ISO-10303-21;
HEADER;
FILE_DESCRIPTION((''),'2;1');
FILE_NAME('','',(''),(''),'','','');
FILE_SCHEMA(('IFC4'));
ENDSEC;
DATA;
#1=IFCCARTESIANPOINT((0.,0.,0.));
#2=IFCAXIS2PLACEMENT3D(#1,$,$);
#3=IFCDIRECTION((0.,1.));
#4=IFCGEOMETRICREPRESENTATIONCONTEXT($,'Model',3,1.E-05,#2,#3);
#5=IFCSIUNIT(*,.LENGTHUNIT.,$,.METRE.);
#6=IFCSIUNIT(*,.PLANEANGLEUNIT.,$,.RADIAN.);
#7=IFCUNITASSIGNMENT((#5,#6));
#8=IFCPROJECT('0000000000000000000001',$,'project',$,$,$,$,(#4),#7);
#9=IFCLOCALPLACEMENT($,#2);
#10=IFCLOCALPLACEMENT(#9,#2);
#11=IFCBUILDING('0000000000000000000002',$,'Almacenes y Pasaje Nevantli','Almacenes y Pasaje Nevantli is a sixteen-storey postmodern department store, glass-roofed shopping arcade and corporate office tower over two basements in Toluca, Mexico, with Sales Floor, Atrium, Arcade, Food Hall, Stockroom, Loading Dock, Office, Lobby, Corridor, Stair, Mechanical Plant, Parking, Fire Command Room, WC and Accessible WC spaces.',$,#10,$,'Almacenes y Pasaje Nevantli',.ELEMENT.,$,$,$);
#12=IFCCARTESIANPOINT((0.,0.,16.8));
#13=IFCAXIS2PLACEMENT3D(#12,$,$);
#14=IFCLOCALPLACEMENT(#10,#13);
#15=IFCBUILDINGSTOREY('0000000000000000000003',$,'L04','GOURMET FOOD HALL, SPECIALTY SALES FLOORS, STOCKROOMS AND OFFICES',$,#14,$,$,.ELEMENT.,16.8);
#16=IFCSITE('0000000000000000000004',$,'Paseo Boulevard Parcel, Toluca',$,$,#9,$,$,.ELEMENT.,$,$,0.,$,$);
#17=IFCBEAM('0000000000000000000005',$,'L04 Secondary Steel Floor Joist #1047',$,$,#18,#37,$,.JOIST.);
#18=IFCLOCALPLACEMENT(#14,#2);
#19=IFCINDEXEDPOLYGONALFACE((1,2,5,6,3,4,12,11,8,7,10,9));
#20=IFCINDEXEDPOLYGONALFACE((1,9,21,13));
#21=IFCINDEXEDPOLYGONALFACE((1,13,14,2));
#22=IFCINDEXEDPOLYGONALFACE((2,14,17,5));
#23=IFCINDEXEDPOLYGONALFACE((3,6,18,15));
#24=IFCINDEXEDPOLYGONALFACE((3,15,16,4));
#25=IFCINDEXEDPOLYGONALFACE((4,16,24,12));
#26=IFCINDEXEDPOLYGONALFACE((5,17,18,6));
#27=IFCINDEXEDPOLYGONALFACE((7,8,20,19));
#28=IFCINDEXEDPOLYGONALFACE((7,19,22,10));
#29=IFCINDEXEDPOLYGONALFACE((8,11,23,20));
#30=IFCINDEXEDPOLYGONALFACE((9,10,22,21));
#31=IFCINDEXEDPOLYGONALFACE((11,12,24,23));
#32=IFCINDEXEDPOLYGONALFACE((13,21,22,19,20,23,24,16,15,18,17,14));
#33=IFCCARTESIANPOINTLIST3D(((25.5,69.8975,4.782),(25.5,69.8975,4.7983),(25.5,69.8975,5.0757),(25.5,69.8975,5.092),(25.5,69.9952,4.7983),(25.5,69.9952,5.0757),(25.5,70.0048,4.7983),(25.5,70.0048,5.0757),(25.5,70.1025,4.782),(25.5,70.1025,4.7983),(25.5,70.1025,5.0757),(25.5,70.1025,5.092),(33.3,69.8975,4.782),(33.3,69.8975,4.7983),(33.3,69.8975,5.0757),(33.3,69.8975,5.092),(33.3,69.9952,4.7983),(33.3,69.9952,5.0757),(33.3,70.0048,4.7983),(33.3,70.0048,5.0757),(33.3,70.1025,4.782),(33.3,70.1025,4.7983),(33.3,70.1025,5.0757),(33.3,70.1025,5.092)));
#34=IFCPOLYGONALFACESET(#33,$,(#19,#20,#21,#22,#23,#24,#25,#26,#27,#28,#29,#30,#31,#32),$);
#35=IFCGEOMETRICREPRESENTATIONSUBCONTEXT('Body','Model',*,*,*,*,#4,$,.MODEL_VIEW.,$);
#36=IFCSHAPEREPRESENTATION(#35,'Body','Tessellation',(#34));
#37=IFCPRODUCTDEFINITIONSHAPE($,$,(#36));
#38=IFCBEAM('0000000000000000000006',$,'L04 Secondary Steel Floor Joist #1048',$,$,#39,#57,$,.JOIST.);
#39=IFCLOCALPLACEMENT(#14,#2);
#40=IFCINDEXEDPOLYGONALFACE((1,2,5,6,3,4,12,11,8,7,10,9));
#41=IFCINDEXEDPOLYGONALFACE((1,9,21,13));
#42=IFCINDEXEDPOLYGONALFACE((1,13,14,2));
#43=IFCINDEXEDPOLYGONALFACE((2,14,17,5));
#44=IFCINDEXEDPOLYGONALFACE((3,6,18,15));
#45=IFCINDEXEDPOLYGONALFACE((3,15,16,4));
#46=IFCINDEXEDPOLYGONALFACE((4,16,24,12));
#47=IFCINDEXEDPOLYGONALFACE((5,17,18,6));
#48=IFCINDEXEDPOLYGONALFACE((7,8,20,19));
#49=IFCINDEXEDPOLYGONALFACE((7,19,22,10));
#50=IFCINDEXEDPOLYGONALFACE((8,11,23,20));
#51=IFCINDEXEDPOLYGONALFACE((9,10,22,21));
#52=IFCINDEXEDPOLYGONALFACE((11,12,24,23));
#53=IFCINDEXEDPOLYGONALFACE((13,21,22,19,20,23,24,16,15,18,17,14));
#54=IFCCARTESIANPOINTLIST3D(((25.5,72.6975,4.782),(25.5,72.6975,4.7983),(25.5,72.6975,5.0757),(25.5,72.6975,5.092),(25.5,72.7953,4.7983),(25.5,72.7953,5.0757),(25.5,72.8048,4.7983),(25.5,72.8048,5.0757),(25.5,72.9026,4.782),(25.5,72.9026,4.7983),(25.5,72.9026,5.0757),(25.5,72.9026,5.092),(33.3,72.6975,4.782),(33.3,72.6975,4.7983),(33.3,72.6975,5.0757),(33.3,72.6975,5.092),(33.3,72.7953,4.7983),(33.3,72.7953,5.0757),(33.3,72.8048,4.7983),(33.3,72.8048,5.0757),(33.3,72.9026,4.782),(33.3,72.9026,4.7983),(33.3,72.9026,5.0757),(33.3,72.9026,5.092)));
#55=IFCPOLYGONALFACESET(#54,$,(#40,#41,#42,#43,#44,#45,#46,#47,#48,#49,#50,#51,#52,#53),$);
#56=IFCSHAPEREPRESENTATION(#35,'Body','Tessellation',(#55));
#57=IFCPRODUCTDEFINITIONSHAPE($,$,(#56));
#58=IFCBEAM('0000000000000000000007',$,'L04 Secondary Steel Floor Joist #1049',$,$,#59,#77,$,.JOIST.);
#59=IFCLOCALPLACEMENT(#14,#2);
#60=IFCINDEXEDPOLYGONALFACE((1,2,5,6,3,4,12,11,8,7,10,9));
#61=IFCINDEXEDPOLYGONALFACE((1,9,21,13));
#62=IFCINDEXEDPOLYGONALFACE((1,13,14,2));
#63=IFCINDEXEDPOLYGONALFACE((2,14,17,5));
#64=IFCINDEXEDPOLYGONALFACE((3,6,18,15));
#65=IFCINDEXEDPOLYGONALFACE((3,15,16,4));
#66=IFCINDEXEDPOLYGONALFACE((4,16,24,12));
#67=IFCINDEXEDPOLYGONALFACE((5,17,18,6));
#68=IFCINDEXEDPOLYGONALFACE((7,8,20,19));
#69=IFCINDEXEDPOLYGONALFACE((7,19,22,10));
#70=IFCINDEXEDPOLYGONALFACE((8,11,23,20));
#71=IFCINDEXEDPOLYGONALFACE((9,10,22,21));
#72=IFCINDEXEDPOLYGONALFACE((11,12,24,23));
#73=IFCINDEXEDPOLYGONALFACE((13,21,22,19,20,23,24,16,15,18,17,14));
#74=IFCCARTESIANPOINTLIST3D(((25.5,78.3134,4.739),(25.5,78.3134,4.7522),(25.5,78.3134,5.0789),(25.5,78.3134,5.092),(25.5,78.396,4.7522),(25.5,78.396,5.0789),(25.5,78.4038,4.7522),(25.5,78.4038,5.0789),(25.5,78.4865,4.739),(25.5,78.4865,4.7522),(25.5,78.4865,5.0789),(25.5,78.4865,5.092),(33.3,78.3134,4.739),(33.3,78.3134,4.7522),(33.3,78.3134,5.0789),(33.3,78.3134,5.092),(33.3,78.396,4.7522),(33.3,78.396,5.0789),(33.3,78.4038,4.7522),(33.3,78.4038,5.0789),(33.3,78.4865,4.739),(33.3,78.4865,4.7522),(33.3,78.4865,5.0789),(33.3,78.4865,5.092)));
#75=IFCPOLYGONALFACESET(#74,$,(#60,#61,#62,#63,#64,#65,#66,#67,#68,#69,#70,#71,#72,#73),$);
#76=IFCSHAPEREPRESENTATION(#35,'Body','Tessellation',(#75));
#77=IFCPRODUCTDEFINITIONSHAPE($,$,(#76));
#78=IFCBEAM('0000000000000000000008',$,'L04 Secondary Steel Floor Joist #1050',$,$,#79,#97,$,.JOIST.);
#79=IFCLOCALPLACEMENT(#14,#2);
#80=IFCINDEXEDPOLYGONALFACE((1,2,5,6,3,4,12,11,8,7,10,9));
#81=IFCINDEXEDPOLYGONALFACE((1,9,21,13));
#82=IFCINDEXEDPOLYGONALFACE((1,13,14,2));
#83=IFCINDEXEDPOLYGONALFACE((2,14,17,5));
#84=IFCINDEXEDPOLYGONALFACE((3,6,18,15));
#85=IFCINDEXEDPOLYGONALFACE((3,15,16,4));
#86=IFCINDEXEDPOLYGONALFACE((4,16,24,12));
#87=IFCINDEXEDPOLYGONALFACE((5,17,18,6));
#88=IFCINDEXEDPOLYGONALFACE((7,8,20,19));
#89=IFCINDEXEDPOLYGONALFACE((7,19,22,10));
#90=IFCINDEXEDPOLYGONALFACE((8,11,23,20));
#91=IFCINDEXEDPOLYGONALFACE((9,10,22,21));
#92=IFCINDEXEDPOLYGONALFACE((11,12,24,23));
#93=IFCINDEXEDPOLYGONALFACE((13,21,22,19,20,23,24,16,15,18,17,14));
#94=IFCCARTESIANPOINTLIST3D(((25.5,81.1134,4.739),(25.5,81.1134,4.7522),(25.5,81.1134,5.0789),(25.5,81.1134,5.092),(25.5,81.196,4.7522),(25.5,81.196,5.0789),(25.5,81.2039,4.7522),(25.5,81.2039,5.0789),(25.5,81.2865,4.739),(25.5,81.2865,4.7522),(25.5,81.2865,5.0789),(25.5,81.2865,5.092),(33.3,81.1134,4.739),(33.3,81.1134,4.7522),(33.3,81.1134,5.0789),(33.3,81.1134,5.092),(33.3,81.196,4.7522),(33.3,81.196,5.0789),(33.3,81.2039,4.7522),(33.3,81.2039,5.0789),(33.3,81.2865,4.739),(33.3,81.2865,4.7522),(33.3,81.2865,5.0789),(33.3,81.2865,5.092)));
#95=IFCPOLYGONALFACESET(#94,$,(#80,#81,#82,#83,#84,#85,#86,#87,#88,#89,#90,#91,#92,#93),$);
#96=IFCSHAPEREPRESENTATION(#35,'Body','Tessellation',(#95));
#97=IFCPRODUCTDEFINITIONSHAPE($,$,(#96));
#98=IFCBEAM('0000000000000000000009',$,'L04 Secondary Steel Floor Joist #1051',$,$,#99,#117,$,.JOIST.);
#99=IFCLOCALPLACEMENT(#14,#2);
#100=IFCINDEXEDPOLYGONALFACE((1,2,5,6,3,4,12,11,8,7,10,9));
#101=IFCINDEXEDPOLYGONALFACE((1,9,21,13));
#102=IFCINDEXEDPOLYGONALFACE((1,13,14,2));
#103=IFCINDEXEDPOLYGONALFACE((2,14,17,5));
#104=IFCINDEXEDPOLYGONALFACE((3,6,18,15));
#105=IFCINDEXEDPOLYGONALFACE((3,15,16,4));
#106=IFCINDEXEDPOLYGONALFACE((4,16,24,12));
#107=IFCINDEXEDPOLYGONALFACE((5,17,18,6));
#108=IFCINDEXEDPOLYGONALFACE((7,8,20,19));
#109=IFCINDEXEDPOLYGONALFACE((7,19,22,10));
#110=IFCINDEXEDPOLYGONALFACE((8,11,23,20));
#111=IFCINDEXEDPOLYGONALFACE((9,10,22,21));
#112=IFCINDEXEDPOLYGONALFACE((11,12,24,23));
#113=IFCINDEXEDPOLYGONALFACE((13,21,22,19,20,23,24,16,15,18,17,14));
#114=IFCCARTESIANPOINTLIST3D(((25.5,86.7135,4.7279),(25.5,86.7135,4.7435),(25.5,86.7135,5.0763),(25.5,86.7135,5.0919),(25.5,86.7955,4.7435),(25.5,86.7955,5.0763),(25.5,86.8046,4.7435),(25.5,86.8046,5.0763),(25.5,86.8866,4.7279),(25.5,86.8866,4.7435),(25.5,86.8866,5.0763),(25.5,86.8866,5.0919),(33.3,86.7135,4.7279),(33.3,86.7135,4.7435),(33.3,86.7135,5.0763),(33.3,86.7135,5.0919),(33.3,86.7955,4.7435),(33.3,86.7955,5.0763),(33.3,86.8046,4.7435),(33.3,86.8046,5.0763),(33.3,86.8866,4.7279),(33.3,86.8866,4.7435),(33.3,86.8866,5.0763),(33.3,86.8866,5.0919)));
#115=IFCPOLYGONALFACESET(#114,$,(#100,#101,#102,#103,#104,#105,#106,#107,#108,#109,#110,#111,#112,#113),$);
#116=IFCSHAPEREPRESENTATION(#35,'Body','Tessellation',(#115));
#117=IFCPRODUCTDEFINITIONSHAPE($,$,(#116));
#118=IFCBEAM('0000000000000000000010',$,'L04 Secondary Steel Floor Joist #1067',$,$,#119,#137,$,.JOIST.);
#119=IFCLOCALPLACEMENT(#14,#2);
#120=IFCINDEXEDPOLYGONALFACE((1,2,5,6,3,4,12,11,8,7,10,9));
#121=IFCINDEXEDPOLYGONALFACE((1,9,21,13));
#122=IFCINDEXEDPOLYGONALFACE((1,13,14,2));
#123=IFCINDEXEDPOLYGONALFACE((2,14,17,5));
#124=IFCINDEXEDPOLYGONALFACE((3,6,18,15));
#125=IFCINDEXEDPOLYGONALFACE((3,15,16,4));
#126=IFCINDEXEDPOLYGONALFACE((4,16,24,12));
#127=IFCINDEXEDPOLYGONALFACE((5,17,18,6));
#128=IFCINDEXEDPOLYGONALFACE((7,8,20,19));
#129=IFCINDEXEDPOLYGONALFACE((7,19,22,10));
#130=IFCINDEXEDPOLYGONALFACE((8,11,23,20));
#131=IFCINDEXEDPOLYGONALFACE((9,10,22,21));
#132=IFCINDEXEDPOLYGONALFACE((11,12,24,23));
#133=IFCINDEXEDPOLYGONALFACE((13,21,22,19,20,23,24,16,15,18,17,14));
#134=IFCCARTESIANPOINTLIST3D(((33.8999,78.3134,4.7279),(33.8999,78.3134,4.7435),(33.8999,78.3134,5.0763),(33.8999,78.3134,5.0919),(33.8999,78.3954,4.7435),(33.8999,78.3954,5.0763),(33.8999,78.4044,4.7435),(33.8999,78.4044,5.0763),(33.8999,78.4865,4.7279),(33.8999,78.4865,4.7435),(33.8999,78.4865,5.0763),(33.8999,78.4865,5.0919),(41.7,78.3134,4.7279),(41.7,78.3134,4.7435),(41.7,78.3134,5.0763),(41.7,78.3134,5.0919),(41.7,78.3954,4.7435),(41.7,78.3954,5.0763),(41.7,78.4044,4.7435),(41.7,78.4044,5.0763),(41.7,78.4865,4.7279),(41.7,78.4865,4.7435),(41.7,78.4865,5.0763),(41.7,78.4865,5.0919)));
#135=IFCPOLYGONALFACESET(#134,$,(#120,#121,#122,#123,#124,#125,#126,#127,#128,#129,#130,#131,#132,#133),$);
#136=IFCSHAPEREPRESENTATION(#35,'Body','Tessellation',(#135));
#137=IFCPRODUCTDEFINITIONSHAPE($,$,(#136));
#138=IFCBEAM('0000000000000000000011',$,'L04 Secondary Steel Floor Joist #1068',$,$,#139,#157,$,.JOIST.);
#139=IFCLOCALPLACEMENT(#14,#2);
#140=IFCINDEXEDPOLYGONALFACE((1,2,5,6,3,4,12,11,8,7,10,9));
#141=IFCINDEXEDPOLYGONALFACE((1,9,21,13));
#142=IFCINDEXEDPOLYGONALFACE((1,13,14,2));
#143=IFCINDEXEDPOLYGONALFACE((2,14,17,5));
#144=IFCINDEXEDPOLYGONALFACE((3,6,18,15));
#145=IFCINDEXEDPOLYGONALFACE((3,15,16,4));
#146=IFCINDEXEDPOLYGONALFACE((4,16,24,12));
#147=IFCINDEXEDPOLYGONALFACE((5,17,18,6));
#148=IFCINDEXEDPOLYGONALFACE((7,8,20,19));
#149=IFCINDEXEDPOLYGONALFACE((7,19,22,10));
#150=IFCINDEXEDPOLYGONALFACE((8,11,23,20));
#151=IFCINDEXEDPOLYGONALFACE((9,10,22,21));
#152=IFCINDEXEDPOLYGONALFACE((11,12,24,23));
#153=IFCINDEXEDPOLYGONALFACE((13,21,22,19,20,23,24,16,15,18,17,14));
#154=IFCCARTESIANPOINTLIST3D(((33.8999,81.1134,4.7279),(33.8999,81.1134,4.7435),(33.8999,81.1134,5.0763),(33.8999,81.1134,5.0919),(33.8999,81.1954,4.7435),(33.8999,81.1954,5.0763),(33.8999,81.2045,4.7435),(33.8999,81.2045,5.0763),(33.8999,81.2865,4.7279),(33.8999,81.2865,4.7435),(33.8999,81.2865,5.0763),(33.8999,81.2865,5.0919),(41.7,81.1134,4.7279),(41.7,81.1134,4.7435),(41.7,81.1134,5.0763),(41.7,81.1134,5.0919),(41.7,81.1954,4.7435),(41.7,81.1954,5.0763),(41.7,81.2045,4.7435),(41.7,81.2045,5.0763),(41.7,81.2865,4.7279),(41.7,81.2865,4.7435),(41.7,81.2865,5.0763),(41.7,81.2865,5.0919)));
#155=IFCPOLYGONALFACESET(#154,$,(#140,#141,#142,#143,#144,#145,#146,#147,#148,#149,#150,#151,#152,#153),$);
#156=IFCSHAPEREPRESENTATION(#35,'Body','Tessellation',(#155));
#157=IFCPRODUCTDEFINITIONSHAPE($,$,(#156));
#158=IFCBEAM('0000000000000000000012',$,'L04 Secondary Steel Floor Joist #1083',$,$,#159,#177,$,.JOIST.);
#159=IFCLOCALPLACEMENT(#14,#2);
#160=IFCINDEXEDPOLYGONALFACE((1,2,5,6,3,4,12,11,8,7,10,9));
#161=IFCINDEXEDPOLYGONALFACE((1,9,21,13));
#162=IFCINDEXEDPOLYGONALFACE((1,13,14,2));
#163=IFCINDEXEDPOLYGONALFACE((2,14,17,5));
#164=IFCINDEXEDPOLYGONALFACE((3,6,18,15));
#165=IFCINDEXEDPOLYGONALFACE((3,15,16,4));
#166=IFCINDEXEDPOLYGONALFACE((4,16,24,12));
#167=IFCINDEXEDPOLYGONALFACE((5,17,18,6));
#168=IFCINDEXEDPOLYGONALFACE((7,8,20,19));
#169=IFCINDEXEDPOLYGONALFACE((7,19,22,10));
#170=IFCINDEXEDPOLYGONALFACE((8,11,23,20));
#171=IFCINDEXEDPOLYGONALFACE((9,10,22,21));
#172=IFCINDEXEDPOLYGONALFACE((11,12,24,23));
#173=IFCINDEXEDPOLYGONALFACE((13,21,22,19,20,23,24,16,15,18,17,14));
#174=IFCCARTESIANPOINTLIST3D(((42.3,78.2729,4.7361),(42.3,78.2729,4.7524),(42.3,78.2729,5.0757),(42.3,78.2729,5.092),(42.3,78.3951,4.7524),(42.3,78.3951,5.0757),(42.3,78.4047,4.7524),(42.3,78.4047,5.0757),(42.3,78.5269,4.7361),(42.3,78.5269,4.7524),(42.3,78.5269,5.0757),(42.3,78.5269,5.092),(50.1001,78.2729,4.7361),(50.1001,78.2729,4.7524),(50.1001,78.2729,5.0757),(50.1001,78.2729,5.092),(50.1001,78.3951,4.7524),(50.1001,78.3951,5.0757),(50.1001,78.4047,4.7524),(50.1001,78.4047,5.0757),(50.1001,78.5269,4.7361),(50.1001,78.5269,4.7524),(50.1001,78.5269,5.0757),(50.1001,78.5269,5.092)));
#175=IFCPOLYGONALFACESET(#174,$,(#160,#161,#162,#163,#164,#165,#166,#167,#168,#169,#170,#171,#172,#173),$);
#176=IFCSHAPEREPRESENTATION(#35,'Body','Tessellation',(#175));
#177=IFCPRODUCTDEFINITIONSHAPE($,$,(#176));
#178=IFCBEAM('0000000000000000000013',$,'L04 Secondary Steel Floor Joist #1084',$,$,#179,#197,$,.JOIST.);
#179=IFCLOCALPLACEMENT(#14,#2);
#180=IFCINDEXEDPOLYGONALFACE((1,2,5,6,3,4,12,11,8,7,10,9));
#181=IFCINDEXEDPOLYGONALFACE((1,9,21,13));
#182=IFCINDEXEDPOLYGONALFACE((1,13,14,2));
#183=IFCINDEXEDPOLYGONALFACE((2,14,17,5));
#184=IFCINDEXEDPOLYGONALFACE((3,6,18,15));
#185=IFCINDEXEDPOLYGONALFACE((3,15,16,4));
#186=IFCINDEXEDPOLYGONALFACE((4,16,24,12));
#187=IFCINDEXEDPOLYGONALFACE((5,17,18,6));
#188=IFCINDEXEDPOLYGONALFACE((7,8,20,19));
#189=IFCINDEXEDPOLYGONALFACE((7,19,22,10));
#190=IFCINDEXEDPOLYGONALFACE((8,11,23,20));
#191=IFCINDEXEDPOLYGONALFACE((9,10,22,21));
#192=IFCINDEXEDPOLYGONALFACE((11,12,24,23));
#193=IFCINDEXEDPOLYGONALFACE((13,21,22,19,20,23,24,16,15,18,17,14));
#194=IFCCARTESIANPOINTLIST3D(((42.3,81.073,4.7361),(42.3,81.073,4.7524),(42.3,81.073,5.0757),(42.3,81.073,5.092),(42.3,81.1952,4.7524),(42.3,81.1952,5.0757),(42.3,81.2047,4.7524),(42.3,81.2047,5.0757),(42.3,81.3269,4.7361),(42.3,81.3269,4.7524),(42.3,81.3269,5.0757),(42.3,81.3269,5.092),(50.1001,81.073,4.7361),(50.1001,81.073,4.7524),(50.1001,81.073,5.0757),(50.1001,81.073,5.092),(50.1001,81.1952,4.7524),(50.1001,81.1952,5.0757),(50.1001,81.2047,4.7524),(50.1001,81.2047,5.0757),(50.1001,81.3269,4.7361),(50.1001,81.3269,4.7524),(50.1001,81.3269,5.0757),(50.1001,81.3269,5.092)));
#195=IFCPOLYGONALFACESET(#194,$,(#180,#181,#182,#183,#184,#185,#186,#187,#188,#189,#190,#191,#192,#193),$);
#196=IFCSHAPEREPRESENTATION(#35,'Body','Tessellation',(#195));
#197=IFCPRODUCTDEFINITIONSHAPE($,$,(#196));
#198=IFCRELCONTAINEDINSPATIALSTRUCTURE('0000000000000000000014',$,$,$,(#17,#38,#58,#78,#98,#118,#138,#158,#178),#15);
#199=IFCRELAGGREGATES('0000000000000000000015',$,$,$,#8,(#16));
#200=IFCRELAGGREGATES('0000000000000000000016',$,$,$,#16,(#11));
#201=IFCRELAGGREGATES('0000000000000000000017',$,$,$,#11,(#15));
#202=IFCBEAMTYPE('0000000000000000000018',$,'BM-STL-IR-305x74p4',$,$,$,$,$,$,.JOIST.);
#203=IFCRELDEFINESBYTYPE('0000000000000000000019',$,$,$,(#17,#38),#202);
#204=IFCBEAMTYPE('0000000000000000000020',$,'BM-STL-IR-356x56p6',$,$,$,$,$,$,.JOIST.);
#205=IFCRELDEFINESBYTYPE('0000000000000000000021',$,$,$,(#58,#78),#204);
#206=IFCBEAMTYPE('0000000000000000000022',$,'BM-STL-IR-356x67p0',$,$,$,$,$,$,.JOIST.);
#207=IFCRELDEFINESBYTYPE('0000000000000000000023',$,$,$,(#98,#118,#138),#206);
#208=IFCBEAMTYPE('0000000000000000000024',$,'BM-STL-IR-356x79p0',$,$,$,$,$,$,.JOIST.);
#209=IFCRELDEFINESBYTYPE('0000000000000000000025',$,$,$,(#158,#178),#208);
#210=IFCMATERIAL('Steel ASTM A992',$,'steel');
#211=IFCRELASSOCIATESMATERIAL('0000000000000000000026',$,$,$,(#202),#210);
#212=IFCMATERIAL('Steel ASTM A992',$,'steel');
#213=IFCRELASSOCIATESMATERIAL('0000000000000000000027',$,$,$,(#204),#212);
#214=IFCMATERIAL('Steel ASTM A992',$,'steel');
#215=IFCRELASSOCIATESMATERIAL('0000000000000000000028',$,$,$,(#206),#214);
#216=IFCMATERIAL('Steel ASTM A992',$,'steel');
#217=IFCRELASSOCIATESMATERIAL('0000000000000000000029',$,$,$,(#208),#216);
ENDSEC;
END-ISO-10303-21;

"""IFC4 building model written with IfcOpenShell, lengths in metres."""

from ifc_helpers import new_model, si_unit, direction, frame, origin, origin_2d, place, context, subcontext, project, spatial, i_section, extrude, material, material_profile, profile_set, type_object, element, save


model = new_model("IFC4")

# Units and contexts
model_context = context("Model", 3, precision=1e-05, world=origin(), true_north=direction((0.0, 1.0)))
body_context = subcontext(model_context, "Body", "Model", "MODEL_VIEW")
ifc_project = project(units=[si_unit("LENGTHUNIT", "METRE"), si_unit("PLANEANGLEUNIT", "RADIAN")], contexts=[model_context])

# Site, building, storey
site_placement = place(None, origin())
site = spatial("IfcSite", under=ifc_project, at=site_placement, Name="Paseo Boulevard Parcel, Toluca", CompositionType="ELEMENT", RefElevation=0.0)
building_placement = place(site_placement, origin())
building = spatial("IfcBuilding", under=site, at=building_placement, Name="Almacenes y Pasaje Nevantli", Description="Almacenes y Pasaje Nevantli is a sixteen-storey postmodern department store, glass-roofed shopping arcade and corporate office tower over two basements in Toluca, Mexico, with Sales Floor, Atrium, Arcade, Food Hall, Stockroom, Loading Dock, Office, Lobby, Corridor, Stair, Mechanical Plant, Parking, Fire Command Room, WC and Accessible WC spaces.", LongName="Almacenes y Pasaje Nevantli", CompositionType="ELEMENT")
storey_placement = place(building_placement, frame((0.0, 0.0, 16.8)))
storey = spatial("IfcBuildingStorey", under=building, at=storey_placement, Name="L04", Description="GOURMET FOOD HALL, SPECIALTY SALES FLOORS, STOCKROOMS AND OFFICES", CompositionType="ELEMENT", Elevation=16.8)

# Beams
ifc_material_1 = material(Name="Steel ASTM A992", Category="steel")
ifc_material_profile_1 = material_profile(ifc_material_1, i_section(OverallWidth=0.2051, OverallDepth=0.3101, WebThickness=0.0095, FlangeThickness=0.0164, at=origin_2d()), Name="IR 305x74.4")
ifc_profile_set_1 = profile_set([ifc_material_profile_1], Name="Steel ASTM A992")
beam_type_1 = type_object("IfcBeamType", Name="BM-STL-IR-305x74p4", PredefinedType="JOIST", material=ifc_profile_set_1)
for number, where, z_axis, x_axis, name in (
    (1, (25.5, 70.0, 4.937), (1.0, 0.0, 0.0), (0.0, 1.0, 0.0), "L04 Secondary Steel Floor Joist #1047"),
    (2, (25.5, 72.8, 4.937), (1.0, 0.0, 0.0), (0.0, 1.0, 0.0), "L04 Secondary Steel Floor Joist #1048"),
):
    element("IfcBeam", number, at=place(storey_placement, frame(where, z_axis=z_axis, x_axis=x_axis)), inside=storey, type_object=beam_type_1, Name=name, PredefinedType="JOIST", context=body_context, shape_type="SweptSolid", body=[
        extrude(i_section(OverallWidth=0.2051, OverallDepth=0.3101, WebThickness=0.0095, FlangeThickness=0.0164, at=origin_2d()), origin(), (0.0, 0.0, 1.0), 7.8),
    ])
ifc_material_2 = material(Name="Steel ASTM A992", Category="steel")
ifc_material_profile_2 = material_profile(ifc_material_2, i_section(OverallWidth=0.1731, OverallDepth=0.353, WebThickness=0.0078, FlangeThickness=0.0132, at=origin_2d()), Name="IR 356x56.6")
ifc_profile_set_2 = profile_set([ifc_material_profile_2], Name="Steel ASTM A992")
beam_type_2 = type_object("IfcBeamType", Name="BM-STL-IR-356x56p6", PredefinedType="JOIST", material=ifc_profile_set_2)
for number, where, z_axis, x_axis, name in (
    (3, (25.5, 78.3999, 4.9155), (1.0, 0.0, 0.0), (0.0, 1.0, 0.0), "L04 Secondary Steel Floor Joist #1049"),
    (4, (25.5, 81.2, 4.9155), (1.0, 0.0, 0.0), (0.0, 1.0, 0.0), "L04 Secondary Steel Floor Joist #1050"),
):
    element("IfcBeam", number, at=place(storey_placement, frame(where, z_axis=z_axis, x_axis=x_axis)), inside=storey, type_object=beam_type_2, Name=name, PredefinedType="JOIST", context=body_context, shape_type="SweptSolid", body=[
        extrude(i_section(OverallWidth=0.1731, OverallDepth=0.353, WebThickness=0.0078, FlangeThickness=0.0132, at=origin_2d()), origin(), (0.0, 0.0, 1.0), 7.8),
    ])
ifc_material_3 = material(Name="Steel ASTM A992", Category="steel")
ifc_material_profile_3 = material_profile(ifc_material_3, i_section(OverallWidth=0.1731, OverallDepth=0.364, WebThickness=0.009, FlangeThickness=0.0156, at=origin_2d()), Name="IR 356x67.0")
ifc_profile_set_3 = profile_set([ifc_material_profile_3], Name="Steel ASTM A992")
beam_type_3 = type_object("IfcBeamType", Name="BM-STL-IR-356x67p0", PredefinedType="JOIST", material=ifc_profile_set_3)
for number, where, z_axis, x_axis, name in (
    (5, (25.5, 86.8, 4.9099), (1.0, 0.0, 0.0), (0.0, 1.0, 0.0), "L04 Secondary Steel Floor Joist #1051"),
    (6, (33.8999, 78.3999, 4.9099), (1.0, 0.0, 0.0), (0.0, 1.0, 0.0), "L04 Secondary Steel Floor Joist #1067"),
    (7, (33.8999, 81.2, 4.9099), (1.0, 0.0, 0.0), (0.0, 1.0, 0.0), "L04 Secondary Steel Floor Joist #1068"),
):
    element("IfcBeam", number, at=place(storey_placement, frame(where, z_axis=z_axis, x_axis=x_axis)), inside=storey, type_object=beam_type_3, Name=name, PredefinedType="JOIST", context=body_context, shape_type="SweptSolid", body=[
        extrude(i_section(OverallWidth=0.1731, OverallDepth=0.364, WebThickness=0.009, FlangeThickness=0.0156, at=origin_2d()), origin(), (0.0, 0.0, 1.0), 7.8),
    ])
ifc_material_4 = material(Name="Steel ASTM A992", Category="steel")
ifc_material_profile_4 = material_profile(ifc_material_4, i_section(OverallWidth=0.2539, OverallDepth=0.356, WebThickness=0.0095, FlangeThickness=0.0164, at=origin_2d()), Name="IR 356x79.0")
ifc_profile_set_4 = profile_set([ifc_material_profile_4], Name="Steel ASTM A992")
beam_type_4 = type_object("IfcBeamType", Name="BM-STL-IR-356x79p0", PredefinedType="JOIST", material=ifc_profile_set_4)
for number, where, z_axis, x_axis, name in (
    (8, (42.3, 78.3999, 4.9141), (1.0, 0.0, 0.0), (0.0, 1.0, 0.0), "L04 Secondary Steel Floor Joist #1083"),
    (9, (42.3, 81.2, 4.9141), (1.0, 0.0, 0.0), (0.0, 1.0, 0.0), "L04 Secondary Steel Floor Joist #1084"),
):
    element("IfcBeam", number, at=place(storey_placement, frame(where, z_axis=z_axis, x_axis=x_axis)), inside=storey, type_object=beam_type_4, Name=name, PredefinedType="JOIST", context=body_context, shape_type="SweptSolid", body=[
        extrude(i_section(OverallWidth=0.2539, OverallDepth=0.356, WebThickness=0.0095, FlangeThickness=0.0164, at=origin_2d()), origin(), (0.0, 0.0, 1.0), 7.8),
    ])

save(model, "model.ifc")
